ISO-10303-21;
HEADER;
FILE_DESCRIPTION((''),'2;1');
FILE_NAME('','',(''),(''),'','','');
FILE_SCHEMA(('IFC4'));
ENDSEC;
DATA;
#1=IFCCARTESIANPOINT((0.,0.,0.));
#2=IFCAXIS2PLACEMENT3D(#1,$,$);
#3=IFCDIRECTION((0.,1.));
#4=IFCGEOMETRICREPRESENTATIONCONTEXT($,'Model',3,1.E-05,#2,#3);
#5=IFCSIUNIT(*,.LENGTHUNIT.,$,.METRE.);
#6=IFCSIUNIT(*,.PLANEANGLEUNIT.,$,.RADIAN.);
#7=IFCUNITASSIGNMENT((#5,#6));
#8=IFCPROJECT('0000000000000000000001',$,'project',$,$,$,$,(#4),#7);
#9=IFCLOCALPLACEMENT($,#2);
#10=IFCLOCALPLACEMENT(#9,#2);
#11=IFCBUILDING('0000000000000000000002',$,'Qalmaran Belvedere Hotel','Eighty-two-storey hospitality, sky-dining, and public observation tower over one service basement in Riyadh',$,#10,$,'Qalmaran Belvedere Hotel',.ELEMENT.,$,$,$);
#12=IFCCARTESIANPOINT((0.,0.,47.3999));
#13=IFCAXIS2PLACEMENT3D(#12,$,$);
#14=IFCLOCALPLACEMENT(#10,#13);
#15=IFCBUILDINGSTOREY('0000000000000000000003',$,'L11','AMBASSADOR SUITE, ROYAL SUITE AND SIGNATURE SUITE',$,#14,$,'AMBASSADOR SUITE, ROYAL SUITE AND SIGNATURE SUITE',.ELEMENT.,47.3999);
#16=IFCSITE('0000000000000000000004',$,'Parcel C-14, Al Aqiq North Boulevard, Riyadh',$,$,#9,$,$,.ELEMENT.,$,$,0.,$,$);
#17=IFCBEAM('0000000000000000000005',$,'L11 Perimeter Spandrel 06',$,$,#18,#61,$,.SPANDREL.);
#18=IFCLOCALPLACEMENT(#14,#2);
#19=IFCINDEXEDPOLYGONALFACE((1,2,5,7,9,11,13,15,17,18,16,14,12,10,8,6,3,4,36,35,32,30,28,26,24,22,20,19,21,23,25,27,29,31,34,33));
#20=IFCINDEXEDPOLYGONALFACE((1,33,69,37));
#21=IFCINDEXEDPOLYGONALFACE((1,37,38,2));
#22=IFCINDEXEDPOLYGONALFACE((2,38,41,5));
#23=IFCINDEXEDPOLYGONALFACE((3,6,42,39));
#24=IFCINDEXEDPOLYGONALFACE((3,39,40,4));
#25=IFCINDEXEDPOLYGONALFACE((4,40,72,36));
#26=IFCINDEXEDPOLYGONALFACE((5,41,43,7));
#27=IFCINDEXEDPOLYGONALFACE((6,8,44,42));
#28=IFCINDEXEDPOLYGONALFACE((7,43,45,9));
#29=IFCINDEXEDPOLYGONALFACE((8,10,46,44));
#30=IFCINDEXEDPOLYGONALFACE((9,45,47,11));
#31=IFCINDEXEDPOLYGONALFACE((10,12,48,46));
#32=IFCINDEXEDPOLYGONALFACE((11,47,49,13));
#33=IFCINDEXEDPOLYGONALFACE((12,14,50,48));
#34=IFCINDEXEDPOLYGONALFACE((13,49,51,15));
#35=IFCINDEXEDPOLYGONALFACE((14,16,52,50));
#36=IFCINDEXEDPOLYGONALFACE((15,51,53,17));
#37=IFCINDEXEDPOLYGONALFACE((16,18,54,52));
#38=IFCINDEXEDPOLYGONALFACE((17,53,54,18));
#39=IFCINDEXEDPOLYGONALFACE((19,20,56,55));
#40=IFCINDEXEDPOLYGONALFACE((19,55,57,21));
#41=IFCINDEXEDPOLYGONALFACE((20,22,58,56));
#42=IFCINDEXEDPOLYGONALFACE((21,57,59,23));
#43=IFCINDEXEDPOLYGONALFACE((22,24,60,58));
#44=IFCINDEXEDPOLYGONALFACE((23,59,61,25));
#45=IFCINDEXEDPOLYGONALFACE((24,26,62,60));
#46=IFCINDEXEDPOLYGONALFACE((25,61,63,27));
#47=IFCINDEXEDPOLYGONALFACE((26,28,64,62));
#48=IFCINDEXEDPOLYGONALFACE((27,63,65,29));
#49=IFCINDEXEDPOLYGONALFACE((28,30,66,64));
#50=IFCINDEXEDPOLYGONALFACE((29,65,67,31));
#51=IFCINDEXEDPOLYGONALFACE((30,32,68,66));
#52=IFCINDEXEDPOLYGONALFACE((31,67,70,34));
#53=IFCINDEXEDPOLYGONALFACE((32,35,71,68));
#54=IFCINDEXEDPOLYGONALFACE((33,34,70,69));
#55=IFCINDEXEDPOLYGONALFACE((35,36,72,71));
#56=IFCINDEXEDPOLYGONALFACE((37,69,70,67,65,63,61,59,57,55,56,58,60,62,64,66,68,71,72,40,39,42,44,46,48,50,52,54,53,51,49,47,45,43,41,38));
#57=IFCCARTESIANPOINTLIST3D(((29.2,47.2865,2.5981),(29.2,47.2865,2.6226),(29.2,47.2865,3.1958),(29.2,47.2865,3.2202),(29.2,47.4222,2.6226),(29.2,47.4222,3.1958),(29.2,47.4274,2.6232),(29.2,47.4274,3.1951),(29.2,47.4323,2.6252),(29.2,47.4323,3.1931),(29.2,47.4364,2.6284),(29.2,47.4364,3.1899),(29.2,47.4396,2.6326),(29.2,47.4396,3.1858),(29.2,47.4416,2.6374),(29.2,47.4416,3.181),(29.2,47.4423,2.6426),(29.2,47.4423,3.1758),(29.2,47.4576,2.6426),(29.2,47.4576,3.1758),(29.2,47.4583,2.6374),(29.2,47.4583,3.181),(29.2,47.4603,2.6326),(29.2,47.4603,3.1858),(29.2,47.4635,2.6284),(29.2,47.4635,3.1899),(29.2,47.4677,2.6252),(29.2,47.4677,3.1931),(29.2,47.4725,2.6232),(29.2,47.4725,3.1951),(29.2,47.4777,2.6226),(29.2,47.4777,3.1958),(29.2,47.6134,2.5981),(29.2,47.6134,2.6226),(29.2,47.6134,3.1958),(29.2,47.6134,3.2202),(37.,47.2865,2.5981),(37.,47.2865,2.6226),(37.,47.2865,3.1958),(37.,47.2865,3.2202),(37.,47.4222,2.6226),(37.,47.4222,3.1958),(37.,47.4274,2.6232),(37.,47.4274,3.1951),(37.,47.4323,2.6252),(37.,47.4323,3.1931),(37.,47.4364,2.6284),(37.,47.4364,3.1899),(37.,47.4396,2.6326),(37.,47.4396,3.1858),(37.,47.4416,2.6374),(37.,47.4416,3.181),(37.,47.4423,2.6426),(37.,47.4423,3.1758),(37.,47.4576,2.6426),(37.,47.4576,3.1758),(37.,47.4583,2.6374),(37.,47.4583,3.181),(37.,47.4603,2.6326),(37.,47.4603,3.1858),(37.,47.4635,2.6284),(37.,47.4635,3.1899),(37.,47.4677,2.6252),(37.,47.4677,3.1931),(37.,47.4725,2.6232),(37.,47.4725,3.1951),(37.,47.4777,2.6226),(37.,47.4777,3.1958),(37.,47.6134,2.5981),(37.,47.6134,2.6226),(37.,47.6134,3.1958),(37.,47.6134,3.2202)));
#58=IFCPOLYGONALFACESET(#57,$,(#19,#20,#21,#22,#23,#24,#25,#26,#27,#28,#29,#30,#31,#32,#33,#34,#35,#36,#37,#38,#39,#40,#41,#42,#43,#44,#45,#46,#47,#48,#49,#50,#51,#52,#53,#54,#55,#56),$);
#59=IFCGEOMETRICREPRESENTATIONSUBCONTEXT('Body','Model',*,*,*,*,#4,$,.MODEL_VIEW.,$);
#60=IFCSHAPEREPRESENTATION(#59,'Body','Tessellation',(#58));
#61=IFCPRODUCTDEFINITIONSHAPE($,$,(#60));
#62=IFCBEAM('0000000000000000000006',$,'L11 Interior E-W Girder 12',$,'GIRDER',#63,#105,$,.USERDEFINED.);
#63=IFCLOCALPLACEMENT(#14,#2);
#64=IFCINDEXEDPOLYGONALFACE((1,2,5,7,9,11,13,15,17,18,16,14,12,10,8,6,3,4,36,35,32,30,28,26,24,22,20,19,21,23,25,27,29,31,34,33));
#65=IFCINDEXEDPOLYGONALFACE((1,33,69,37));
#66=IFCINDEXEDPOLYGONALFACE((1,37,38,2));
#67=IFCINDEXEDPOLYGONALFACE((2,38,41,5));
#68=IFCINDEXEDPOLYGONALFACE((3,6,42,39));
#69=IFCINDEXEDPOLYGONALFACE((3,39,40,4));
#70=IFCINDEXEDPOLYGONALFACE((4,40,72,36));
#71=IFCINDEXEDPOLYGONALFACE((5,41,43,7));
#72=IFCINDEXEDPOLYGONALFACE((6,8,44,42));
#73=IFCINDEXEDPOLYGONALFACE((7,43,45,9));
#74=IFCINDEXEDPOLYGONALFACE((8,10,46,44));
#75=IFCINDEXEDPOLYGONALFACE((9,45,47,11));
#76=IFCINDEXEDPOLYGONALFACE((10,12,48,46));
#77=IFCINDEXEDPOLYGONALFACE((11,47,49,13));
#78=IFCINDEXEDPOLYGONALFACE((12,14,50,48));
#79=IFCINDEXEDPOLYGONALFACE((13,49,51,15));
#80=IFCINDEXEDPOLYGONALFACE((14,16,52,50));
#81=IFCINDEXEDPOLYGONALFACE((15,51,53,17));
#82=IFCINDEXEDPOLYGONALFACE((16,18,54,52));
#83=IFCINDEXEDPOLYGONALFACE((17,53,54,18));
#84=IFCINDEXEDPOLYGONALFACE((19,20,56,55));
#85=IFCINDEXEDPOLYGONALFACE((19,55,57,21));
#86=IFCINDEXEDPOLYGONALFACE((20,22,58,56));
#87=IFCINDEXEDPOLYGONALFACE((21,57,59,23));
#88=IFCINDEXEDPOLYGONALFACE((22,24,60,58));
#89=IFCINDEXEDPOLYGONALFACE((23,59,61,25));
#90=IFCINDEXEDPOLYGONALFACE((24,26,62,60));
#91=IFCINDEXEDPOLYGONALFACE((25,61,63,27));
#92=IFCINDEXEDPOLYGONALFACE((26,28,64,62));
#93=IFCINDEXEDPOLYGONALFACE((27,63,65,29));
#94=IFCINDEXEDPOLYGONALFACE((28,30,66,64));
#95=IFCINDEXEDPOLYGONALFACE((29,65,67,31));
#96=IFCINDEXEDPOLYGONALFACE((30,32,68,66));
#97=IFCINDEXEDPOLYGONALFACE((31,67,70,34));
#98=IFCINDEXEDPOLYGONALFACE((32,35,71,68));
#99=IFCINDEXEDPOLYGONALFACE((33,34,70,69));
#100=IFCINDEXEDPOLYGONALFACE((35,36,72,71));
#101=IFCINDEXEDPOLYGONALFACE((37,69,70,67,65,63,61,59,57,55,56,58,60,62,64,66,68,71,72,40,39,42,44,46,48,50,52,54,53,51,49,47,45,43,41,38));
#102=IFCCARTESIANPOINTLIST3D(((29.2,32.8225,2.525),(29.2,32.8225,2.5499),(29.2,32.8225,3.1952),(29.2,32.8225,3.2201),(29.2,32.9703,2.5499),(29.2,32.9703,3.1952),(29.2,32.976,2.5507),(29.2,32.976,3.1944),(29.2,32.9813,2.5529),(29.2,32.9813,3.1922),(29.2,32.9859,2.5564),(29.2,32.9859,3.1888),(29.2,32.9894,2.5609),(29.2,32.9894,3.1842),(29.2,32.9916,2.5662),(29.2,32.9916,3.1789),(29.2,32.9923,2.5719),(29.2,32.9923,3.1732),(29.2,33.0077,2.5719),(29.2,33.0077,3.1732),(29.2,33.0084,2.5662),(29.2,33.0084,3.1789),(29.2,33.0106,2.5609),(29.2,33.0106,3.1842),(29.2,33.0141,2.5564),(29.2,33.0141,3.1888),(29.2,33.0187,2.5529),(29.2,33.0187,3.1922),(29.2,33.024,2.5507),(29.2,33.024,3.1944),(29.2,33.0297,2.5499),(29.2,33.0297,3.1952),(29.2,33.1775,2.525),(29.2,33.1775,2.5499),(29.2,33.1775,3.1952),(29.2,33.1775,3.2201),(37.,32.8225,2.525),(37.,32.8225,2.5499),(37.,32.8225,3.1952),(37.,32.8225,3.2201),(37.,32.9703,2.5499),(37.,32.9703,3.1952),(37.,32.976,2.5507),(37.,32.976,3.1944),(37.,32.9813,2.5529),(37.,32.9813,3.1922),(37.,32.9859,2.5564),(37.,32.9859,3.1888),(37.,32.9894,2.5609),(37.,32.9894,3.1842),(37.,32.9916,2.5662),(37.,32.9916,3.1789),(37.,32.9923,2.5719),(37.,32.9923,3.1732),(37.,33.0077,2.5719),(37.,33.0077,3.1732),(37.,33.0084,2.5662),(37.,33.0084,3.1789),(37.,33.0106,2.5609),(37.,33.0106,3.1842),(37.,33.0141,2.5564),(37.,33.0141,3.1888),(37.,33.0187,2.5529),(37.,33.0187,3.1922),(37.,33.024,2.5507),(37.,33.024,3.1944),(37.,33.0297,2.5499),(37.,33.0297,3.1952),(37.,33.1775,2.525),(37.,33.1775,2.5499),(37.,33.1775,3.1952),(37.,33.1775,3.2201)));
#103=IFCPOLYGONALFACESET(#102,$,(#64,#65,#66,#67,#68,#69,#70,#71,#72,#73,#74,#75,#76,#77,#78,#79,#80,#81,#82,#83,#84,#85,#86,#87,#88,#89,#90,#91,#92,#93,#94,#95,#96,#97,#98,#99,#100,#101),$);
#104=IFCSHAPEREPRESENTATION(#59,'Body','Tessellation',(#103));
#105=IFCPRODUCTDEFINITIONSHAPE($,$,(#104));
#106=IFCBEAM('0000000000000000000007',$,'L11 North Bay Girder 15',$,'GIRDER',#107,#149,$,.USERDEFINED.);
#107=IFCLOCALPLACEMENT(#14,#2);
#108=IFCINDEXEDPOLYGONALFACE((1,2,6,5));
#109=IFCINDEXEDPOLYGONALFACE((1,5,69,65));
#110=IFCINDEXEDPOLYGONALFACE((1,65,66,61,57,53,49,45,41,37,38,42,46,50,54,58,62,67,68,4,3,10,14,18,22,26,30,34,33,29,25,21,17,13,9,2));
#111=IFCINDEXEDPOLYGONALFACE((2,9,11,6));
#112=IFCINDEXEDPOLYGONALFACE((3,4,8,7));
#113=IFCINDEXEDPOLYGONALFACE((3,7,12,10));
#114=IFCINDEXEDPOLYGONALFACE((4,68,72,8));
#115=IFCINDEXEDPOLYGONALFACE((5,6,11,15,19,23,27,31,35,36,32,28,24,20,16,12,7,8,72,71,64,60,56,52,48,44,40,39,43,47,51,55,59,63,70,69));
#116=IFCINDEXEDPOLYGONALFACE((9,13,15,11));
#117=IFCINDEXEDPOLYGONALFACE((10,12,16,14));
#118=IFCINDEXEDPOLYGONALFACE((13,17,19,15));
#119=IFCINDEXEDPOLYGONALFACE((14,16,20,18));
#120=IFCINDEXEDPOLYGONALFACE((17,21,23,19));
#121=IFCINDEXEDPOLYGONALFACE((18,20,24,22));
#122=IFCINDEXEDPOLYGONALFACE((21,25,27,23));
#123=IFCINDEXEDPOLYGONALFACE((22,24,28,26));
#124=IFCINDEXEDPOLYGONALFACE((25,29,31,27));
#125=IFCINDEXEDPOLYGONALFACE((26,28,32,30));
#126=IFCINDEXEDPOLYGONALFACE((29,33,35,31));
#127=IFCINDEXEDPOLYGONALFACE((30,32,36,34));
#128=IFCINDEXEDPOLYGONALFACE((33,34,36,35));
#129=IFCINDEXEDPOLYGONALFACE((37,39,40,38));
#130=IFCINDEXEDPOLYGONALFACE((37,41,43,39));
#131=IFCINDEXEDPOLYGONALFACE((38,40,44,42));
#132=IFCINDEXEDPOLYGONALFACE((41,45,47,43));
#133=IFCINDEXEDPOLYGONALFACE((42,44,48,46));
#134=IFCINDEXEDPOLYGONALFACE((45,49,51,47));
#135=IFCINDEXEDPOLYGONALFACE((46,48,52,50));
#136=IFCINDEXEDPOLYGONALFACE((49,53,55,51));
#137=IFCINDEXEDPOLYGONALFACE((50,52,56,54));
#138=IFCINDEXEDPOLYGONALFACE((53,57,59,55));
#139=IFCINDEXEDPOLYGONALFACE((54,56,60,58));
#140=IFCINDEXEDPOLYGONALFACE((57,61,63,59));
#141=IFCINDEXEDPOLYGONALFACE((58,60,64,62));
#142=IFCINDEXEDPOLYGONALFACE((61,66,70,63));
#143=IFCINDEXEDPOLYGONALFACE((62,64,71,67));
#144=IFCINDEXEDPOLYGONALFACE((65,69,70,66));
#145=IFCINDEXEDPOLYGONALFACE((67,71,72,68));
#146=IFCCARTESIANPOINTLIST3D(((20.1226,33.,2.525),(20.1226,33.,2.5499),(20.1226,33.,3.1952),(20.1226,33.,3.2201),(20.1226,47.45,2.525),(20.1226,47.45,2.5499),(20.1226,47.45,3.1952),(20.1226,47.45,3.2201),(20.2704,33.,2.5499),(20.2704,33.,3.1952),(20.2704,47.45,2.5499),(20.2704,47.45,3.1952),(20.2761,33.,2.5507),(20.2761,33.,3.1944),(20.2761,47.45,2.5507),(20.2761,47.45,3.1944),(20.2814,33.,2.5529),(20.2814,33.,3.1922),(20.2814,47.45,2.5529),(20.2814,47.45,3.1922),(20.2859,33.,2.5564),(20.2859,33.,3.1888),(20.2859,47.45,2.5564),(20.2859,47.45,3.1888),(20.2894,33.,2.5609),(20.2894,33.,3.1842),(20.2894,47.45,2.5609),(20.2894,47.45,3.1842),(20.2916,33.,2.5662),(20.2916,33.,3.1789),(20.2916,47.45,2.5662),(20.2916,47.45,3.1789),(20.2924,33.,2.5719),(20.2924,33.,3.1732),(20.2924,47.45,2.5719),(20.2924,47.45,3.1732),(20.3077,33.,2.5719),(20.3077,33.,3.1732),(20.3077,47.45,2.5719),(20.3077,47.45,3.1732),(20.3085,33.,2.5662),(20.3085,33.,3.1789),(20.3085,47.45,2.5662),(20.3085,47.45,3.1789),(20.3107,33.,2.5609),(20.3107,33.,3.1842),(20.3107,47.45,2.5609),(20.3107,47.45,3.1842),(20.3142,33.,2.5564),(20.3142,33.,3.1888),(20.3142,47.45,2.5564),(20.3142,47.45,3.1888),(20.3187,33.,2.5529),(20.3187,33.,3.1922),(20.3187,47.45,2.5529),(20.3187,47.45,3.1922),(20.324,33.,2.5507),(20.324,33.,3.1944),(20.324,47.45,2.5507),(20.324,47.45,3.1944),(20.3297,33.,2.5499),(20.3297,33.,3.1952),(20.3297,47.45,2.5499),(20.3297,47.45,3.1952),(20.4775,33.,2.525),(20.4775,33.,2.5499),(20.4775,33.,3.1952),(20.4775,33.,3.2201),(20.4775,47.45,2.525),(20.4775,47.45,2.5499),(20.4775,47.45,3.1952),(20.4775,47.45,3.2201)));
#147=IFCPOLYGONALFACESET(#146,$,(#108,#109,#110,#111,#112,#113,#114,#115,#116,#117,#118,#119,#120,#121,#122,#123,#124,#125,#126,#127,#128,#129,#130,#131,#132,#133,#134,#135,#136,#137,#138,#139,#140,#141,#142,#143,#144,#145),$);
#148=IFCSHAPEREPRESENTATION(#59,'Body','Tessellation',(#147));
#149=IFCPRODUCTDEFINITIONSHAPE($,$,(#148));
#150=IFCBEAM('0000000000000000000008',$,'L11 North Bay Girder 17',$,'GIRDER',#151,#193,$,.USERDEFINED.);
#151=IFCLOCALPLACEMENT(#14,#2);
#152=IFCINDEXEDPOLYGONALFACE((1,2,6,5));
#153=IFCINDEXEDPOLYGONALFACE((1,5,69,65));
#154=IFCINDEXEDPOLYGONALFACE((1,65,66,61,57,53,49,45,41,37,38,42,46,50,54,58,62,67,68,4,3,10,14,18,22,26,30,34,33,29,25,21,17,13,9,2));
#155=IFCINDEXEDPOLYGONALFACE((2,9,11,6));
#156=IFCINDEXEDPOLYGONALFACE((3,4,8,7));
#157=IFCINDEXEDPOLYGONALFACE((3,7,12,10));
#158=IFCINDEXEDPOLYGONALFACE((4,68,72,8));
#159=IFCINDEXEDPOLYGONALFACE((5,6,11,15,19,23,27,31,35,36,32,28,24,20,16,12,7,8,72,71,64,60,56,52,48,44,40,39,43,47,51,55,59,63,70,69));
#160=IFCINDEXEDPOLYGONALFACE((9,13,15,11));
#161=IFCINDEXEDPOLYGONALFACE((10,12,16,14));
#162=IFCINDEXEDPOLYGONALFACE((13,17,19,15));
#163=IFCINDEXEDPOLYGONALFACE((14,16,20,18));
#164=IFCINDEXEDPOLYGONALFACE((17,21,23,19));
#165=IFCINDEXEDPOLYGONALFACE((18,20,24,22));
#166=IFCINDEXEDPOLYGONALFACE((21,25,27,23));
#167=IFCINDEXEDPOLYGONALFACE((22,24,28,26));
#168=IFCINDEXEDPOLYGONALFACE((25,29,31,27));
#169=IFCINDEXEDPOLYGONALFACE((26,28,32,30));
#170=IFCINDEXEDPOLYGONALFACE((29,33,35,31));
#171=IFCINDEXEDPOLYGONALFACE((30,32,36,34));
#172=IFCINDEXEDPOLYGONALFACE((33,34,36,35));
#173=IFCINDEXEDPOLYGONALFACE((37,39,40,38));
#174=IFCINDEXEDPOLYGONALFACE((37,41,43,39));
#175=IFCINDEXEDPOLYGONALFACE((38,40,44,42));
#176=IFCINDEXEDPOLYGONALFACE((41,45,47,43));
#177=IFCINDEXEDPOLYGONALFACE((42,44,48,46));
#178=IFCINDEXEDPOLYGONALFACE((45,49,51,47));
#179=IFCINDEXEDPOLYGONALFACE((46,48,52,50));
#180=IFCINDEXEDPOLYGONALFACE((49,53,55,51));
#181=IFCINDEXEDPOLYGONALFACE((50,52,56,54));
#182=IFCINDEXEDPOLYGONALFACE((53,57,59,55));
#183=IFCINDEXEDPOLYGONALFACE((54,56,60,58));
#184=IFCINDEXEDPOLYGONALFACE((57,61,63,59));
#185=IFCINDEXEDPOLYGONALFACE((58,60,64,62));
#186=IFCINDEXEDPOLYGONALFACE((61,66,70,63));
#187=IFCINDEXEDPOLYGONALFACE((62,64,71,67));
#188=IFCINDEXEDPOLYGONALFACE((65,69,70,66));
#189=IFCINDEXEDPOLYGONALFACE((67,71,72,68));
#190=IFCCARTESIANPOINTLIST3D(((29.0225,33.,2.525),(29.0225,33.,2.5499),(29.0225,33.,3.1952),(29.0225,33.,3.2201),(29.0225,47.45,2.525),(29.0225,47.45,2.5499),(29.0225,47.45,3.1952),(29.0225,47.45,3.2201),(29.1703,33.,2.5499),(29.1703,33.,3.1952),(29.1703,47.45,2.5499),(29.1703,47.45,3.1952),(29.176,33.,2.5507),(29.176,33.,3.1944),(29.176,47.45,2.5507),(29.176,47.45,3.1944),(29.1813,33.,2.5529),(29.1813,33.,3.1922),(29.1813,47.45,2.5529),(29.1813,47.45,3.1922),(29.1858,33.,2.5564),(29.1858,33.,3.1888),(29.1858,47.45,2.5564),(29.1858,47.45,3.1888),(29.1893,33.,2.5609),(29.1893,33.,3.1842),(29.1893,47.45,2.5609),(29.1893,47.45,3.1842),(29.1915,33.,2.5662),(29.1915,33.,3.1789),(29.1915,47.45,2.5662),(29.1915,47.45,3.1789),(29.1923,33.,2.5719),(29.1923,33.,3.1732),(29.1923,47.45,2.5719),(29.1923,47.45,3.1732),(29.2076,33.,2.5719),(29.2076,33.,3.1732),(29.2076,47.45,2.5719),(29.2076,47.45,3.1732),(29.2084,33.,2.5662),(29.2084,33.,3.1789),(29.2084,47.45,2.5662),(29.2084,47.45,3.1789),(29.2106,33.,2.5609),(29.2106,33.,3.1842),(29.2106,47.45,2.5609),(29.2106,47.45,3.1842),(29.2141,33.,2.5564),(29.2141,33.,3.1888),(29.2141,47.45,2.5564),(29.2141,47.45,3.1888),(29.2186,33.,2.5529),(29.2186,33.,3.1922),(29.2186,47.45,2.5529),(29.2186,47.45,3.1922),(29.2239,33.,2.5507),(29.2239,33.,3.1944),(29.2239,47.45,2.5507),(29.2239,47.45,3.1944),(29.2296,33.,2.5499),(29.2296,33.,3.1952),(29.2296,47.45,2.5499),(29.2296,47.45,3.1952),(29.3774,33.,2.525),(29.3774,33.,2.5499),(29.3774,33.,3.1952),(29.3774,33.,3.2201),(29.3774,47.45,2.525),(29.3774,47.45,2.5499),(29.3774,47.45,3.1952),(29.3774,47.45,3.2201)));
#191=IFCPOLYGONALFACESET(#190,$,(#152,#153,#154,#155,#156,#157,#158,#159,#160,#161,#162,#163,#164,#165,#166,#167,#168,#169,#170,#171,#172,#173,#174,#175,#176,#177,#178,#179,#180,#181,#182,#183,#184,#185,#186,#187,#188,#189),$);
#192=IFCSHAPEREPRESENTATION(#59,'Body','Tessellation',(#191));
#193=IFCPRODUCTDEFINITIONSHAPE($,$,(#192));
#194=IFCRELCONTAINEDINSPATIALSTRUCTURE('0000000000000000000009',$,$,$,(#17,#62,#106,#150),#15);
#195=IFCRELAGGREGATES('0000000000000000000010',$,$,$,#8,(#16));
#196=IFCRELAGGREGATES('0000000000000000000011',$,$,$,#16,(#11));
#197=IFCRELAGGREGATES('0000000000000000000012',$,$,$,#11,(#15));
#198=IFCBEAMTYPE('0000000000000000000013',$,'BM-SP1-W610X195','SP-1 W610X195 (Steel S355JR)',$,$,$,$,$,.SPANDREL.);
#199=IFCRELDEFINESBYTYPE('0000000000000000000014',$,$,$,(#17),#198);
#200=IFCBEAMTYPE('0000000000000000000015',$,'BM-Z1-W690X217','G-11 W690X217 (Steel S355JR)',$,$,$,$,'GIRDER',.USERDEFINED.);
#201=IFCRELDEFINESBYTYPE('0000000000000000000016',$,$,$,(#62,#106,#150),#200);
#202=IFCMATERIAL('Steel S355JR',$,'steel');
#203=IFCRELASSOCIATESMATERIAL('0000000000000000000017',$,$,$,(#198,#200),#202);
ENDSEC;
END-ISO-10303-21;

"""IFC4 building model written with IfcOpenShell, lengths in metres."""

from ifc_helpers import new_model, si_unit, direction, frame, origin, origin_2d, place, context, subcontext, project, spatial, i_section, extrude, material, material_profile, profile_set, type_object, element, save


model = new_model("IFC4")

# Units and contexts
model_context = context("Model", 3, precision=1e-05, world=origin(), true_north=direction((0.0, 1.0)))
body_context = subcontext(model_context, "Body", "Model", "MODEL_VIEW")
ifc_project = project(units=[si_unit("LENGTHUNIT", "METRE"), si_unit("PLANEANGLEUNIT", "RADIAN")], contexts=[model_context])

# Site, building, storey
site_placement = place(None, origin())
site = spatial("IfcSite", under=ifc_project, at=site_placement, Name="Parcel C-14, Al Aqiq North Boulevard, Riyadh", CompositionType="ELEMENT", RefElevation=0.0)
building_placement = place(site_placement, origin())
building = spatial("IfcBuilding", under=site, at=building_placement, Name="Qalmaran Belvedere Hotel", Description="Eighty-two-storey hospitality, sky-dining, and public observation tower over one service basement in Riyadh", LongName="Qalmaran Belvedere Hotel", CompositionType="ELEMENT")
storey_placement = place(building_placement, frame((0.0, 0.0, 47.3999)))
storey = spatial("IfcBuildingStorey", under=building, at=storey_placement, Name="L11", Description="AMBASSADOR SUITE, ROYAL SUITE AND SIGNATURE SUITE", LongName="AMBASSADOR SUITE, ROYAL SUITE AND SIGNATURE SUITE", CompositionType="ELEMENT", Elevation=47.3999)

# Beams
ifc_material_1 = material(Name="Steel S355JR", Category="steel")
ifc_material_profile_1 = material_profile(ifc_material_1, i_section(OverallWidth=0.3269, OverallDepth=0.6221, WebThickness=0.0154, FlangeThickness=0.0244, FilletRadius=0.02, at=origin_2d()), Name="W610X195")
ifc_profile_set_1 = profile_set([ifc_material_profile_1], Name="Steel S355JR")
beam_type_1 = type_object("IfcBeamType", Name="BM-SP1-W610X195", Description="SP-1 W610X195 (Steel S355JR)", PredefinedType="SPANDREL", material=ifc_profile_set_1)
beam_1_placement = place(storey_placement, frame((29.2, 47.45, 2.9092), z_axis=(1.0, 0.0, 0.0), x_axis=(0.0, 1.0, 0.0)))
element("IfcBeam", 1, at=beam_1_placement, inside=storey, type_object=beam_type_1, Name="L11 Perimeter Spandrel 06", PredefinedType="SPANDREL", context=body_context, shape_type="SweptSolid", body=[
    extrude(i_section(OverallWidth=0.3269, OverallDepth=0.6221, WebThickness=0.0154, FlangeThickness=0.0244, FilletRadius=0.02, at=origin_2d()), origin(), (0.0, 0.0, 1.0), 7.8),
])
ifc_material_profile_2 = material_profile(ifc_material_1, i_section(OverallWidth=0.355, OverallDepth=0.6951, WebThickness=0.0154, FlangeThickness=0.0249, FilletRadius=0.022, at=origin_2d()), Name="W690X217")
ifc_profile_set_2 = profile_set([ifc_material_profile_2], Name="Steel S355JR")
beam_type_2 = type_object("IfcBeamType", Name="BM-Z1-W690X217", Description="G-11 W690X217 (Steel S355JR)", ElementType="GIRDER", PredefinedType="USERDEFINED", material=ifc_profile_set_2)
beam_2_placement = place(storey_placement, frame((29.2, 33.0, 2.8726), z_axis=(1.0, 0.0, 0.0), x_axis=(0.0, 1.0, 0.0)))
element("IfcBeam", 2, at=beam_2_placement, inside=storey, type_object=beam_type_2, Name="L11 Interior E-W Girder 12", ObjectType="GIRDER", PredefinedType="USERDEFINED", context=body_context, shape_type="SweptSolid", body=[
    extrude(i_section(OverallWidth=0.355, OverallDepth=0.6951, WebThickness=0.0154, FlangeThickness=0.0249, FilletRadius=0.022, at=origin_2d()), origin(), (0.0, 0.0, 1.0), 7.8),
])
for number, where, z_axis, x_axis, name in (
    (3, (20.3, 33.0, 2.8726), (0.0, 1.0, 0.0), (-1.0, 0.0, 0.0), "L11 North Bay Girder 15"),
    (4, (29.2, 33.0, 2.8726), (0.0, 1.0, 0.0), (-1.0, 0.0, 0.0), "L11 North Bay Girder 17"),
):
    element("IfcBeam", number, at=place(storey_placement, frame(where, z_axis=z_axis, x_axis=x_axis)), inside=storey, type_object=beam_type_2, Name=name, ObjectType="GIRDER", PredefinedType="USERDEFINED", context=body_context, shape_type="SweptSolid", body=[
        extrude(i_section(OverallWidth=0.355, OverallDepth=0.6951, WebThickness=0.0154, FlangeThickness=0.0249, FilletRadius=0.022, at=origin_2d()), origin(), (0.0, 0.0, 1.0), 14.45),
    ])

save(model, "model.ifc")
